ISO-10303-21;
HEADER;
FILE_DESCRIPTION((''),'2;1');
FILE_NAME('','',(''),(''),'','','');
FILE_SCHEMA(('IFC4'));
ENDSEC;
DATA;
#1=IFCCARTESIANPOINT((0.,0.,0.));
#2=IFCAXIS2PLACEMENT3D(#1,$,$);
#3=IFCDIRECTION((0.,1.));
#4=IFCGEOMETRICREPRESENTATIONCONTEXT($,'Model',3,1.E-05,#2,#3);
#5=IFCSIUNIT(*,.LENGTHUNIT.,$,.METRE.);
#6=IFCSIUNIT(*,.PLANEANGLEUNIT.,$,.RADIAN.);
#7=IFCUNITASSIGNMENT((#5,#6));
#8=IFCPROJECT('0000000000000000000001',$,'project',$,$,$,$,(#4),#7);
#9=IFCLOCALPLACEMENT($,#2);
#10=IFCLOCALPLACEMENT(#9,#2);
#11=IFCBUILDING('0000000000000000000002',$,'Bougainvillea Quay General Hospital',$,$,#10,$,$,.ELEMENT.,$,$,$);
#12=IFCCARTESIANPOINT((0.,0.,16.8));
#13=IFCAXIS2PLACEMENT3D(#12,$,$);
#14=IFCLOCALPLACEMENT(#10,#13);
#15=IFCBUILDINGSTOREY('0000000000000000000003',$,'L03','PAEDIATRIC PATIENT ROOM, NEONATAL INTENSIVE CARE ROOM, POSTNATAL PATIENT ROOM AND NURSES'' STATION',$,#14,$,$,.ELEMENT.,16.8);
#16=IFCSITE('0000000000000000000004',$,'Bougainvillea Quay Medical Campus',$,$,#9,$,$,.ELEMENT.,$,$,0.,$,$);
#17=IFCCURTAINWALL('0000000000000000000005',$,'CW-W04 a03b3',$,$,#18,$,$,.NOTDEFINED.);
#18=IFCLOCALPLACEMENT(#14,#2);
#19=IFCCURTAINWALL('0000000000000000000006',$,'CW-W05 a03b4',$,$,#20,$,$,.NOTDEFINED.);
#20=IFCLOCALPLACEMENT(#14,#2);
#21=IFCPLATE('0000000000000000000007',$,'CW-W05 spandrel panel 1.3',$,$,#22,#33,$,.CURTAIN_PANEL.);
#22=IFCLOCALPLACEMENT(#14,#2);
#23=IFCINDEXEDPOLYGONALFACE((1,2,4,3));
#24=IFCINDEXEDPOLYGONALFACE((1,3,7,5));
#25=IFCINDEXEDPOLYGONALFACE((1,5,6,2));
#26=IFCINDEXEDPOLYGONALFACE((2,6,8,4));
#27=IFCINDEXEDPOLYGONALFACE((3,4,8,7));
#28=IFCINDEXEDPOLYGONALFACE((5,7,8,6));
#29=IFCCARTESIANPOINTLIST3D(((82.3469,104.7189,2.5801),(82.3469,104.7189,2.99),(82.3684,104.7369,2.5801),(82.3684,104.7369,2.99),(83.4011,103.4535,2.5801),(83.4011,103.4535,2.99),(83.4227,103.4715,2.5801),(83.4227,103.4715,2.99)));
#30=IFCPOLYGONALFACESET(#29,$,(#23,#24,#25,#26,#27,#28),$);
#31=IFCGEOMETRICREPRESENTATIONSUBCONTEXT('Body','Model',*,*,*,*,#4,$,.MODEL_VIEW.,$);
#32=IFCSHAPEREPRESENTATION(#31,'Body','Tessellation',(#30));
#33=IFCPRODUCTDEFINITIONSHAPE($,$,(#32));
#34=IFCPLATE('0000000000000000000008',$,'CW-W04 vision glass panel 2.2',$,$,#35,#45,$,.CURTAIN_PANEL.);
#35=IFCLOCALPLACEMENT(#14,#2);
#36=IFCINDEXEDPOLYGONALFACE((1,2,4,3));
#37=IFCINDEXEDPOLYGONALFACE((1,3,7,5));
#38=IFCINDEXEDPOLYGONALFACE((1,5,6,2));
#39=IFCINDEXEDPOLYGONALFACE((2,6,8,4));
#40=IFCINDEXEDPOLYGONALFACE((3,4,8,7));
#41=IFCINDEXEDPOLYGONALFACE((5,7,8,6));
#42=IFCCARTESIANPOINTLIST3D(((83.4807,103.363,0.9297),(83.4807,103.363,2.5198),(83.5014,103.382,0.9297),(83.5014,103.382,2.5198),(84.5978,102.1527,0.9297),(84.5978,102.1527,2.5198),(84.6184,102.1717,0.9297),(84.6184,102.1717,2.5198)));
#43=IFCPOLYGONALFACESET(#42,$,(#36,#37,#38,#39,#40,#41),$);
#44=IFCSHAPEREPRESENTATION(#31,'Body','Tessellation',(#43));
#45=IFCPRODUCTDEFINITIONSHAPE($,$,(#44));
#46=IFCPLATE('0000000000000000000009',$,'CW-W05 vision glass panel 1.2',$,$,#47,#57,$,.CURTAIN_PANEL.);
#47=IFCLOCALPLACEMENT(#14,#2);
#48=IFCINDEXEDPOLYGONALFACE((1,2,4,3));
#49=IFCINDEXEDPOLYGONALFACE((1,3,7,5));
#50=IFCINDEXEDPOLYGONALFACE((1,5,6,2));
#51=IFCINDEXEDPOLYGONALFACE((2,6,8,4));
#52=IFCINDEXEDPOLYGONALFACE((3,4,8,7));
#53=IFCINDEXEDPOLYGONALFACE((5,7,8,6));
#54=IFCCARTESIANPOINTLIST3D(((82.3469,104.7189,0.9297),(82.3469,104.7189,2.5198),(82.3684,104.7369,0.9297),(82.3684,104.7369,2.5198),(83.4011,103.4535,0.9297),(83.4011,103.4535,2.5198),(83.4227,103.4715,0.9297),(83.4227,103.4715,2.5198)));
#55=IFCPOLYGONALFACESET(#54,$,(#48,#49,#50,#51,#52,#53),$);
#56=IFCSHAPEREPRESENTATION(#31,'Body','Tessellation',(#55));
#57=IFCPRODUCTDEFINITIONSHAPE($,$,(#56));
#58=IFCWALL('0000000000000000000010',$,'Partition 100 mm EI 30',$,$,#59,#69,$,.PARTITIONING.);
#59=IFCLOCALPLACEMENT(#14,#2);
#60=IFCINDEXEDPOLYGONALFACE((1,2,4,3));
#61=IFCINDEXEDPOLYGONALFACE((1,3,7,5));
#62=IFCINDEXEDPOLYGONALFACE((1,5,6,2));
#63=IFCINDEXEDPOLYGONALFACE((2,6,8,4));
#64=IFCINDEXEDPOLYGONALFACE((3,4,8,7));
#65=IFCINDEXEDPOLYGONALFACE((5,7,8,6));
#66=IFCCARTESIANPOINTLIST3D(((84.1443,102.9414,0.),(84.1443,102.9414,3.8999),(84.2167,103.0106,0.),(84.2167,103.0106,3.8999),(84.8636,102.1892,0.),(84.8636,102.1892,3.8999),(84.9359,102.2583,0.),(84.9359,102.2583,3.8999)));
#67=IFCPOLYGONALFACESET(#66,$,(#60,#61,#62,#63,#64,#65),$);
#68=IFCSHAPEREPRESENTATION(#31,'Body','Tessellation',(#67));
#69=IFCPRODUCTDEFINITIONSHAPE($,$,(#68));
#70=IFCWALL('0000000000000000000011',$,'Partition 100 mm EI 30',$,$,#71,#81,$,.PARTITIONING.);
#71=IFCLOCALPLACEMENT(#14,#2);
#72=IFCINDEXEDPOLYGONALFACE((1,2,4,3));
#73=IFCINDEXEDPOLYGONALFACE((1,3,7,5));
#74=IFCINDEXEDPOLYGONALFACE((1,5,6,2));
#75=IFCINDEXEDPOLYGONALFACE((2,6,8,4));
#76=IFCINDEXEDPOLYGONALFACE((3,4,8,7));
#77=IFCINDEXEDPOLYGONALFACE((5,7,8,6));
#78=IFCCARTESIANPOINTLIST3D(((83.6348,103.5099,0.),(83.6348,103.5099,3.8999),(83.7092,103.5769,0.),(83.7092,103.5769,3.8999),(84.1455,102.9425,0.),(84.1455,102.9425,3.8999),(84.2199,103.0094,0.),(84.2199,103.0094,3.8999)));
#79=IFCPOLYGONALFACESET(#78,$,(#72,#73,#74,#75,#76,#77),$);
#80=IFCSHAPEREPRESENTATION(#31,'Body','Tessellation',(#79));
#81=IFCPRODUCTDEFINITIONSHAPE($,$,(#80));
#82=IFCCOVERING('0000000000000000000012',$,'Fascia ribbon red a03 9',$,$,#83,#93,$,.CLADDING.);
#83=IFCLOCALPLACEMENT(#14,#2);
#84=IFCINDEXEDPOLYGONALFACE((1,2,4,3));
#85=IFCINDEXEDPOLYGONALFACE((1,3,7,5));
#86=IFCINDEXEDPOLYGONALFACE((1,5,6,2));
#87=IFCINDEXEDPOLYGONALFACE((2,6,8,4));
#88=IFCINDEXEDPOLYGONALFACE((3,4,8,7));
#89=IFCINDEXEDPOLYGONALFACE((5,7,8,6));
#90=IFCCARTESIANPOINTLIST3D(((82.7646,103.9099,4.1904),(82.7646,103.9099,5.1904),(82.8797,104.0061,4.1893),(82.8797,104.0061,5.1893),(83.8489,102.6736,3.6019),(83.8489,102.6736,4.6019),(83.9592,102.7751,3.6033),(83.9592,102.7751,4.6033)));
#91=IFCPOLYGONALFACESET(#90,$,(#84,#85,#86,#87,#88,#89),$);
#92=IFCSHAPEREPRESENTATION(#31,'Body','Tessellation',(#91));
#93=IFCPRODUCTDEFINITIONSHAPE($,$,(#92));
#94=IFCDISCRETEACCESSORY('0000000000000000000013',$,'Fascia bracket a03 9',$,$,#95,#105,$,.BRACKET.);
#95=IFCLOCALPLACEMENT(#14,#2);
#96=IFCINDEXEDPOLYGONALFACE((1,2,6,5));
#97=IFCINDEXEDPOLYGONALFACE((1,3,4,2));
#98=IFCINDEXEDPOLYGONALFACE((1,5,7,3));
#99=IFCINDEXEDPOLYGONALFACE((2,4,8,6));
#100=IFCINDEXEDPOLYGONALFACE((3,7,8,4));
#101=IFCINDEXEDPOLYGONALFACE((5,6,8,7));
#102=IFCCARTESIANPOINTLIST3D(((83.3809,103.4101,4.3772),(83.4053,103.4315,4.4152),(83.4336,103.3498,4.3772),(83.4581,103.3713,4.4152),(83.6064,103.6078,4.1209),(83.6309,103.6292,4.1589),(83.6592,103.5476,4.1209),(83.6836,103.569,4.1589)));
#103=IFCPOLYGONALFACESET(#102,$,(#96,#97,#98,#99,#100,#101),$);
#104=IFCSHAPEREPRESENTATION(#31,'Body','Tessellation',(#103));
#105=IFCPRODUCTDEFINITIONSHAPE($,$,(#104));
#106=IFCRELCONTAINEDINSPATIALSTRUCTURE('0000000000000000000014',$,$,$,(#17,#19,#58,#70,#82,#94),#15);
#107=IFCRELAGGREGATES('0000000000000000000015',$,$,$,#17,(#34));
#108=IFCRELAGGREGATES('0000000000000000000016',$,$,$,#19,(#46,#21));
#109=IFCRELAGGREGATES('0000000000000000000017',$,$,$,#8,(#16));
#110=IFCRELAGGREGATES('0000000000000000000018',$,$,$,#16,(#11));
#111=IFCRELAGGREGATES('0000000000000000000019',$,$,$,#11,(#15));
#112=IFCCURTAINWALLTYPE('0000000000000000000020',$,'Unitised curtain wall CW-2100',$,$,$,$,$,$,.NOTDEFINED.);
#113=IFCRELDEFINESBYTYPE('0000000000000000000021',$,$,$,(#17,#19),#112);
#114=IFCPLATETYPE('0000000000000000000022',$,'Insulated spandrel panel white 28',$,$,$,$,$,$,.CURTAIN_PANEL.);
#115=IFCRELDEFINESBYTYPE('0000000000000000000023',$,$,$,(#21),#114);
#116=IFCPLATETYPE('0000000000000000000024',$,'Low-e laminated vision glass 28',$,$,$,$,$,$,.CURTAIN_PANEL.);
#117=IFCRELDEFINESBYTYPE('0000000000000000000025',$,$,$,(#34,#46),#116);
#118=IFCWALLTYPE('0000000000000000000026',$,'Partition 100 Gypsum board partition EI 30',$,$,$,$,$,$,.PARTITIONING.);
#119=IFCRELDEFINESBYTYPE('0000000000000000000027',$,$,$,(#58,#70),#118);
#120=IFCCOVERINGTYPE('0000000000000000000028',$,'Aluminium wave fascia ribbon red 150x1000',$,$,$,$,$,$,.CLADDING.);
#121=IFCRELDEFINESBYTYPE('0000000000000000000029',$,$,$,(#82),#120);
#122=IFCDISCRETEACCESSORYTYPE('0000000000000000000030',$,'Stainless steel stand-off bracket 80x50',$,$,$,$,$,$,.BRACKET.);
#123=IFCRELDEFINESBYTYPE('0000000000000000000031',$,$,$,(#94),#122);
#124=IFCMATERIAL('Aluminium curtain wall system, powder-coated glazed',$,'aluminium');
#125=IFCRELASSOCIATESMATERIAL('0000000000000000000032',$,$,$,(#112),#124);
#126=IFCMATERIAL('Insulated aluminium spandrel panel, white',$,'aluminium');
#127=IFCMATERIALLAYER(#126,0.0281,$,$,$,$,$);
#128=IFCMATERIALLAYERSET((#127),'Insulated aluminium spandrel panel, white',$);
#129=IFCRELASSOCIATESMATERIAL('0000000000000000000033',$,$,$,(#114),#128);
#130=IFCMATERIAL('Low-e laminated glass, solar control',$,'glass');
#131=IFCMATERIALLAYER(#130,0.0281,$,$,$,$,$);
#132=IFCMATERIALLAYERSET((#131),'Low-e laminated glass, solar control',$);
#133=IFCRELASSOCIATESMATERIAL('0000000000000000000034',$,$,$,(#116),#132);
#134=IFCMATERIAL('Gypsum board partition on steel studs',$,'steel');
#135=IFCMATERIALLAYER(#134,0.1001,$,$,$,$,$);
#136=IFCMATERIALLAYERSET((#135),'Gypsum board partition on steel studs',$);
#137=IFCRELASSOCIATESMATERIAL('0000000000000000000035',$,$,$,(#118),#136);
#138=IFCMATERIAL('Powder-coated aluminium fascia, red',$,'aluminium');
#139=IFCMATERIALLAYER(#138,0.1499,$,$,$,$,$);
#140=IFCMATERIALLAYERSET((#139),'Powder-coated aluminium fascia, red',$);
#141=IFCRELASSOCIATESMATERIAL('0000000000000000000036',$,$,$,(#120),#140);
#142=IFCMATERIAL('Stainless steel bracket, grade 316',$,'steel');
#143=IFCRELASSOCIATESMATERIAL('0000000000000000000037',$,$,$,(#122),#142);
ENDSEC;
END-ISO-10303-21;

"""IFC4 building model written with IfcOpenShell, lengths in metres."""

from ifc_helpers import new_model, si_unit, direction, frame, frame_2d, origin, origin_2d, place, context, subcontext, project, spatial, polyline, rectangle, outline, extrude, material, layer, layer_set, material_profile, profile_set, type_object, element, aggregate, save


model = new_model("IFC4")

# Units and contexts
model_context = context("Model", 3, precision=1e-05, world=origin(), true_north=direction((0.0, 1.0)))
body_context = subcontext(model_context, "Body", "Model", "MODEL_VIEW")
ifc_project = project(units=[si_unit("LENGTHUNIT", "METRE"), si_unit("PLANEANGLEUNIT", "RADIAN")], contexts=[model_context])

# Site, building, storey
site_placement = place(None, origin())
site = spatial("IfcSite", under=ifc_project, at=site_placement, Name="Bougainvillea Quay Medical Campus", CompositionType="ELEMENT", RefElevation=0.0)
building_placement = place(site_placement, origin())
building = spatial("IfcBuilding", under=site, at=building_placement, Name="Bougainvillea Quay General Hospital", CompositionType="ELEMENT")
storey_placement = place(building_placement, frame((0.0, 0.0, 16.8)))
storey = spatial("IfcBuildingStorey", under=building, at=storey_placement, Name="L03", Description="PAEDIATRIC PATIENT ROOM, NEONATAL INTENSIVE CARE ROOM, POSTNATAL PATIENT ROOM AND NURSES' STATION", CompositionType="ELEMENT", Elevation=16.8)

# Curtain wall
ifc_material_1 = material(Name="Aluminium curtain wall system, powder-coated glazed", Category="aluminium")
curtain_wall_type = type_object("IfcCurtainWallType", Name="Unitised curtain wall CW-2100", PredefinedType="NOTDEFINED", material=ifc_material_1)
curtain_wall_1_placement = place(storey_placement, origin())
curtain_wall_1 = element("IfcCurtainWall", 1, at=curtain_wall_1_placement, inside=storey, type_object=curtain_wall_type, Name="CW-W04 a03b3", PredefinedType="NOTDEFINED")

# Curtain wall
curtain_wall_2_placement = place(storey_placement, origin())
curtain_wall_2 = element("IfcCurtainWall", 2, at=curtain_wall_2_placement, inside=storey, type_object=curtain_wall_type, Name="CW-W05 a03b4", PredefinedType="NOTDEFINED")

# Plates
ifc_material_2 = material(Name="Insulated aluminium spandrel panel, white", Category="aluminium")
ifc_layer_1 = layer(ifc_material_2, 0.0281)
ifc_layer_set_1 = layer_set([ifc_layer_1], Name="Insulated aluminium spandrel panel, white")
plate_type_1 = type_object("IfcPlateType", Name="Insulated spandrel panel white 28", PredefinedType="CURTAIN_PANEL", material=ifc_layer_set_1)
plate_1_placement = place(storey_placement, frame((82.8848, 104.0952, 2.5801), z_axis=(0.0, 0.0, 1.0), x_axis=(-0.640096, 0.768295, 0.0)))
plate_1 = element("IfcPlate", 3, at=plate_1_placement, type_object=plate_type_1, Name="CW-W05 spandrel panel 1.3", PredefinedType="CURTAIN_PANEL", context=body_context, shape_type="SweptSolid", body=[
    extrude(rectangle(XDim=1.647, YDim=0.0281, at=origin_2d()), origin(), (0.0, 0.0, 1.0), 0.4099),
])
ifc_material_3 = material(Name="Low-e laminated glass, solar control", Category="glass")
ifc_layer_2 = layer(ifc_material_3, 0.0281)
ifc_layer_set_2 = layer_set([ifc_layer_2], Name="Low-e laminated glass, solar control")
plate_type_2 = type_object("IfcPlateType", Name="Low-e laminated vision glass 28", PredefinedType="CURTAIN_PANEL", material=ifc_layer_set_2)
plate_2_placement = place(storey_placement, frame((84.0496, 102.7673, 0.9297), z_axis=(0.0, 0.0, 1.0), x_axis=(-0.678224, 0.734855, 0.0)))
plate_2 = element("IfcPlate", 4, at=plate_2_placement, type_object=plate_type_2, Name="CW-W04 vision glass panel 2.2", PredefinedType="CURTAIN_PANEL", context=body_context, shape_type="SweptSolid", body=[
    extrude(rectangle(XDim=1.647, YDim=0.0281, at=origin_2d()), origin(), (0.0, 0.0, 1.0), 1.5901),
])
aggregate(curtain_wall_1, [plate_2])
plate_3_placement = place(storey_placement, frame((82.8848, 104.0952, 0.9297), z_axis=(0.0, 0.0, 1.0), x_axis=(-0.640096, 0.768295, 0.0)))
plate_3 = element("IfcPlate", 5, at=plate_3_placement, type_object=plate_type_2, Name="CW-W05 vision glass panel 1.2", PredefinedType="CURTAIN_PANEL", context=body_context, shape_type="SweptSolid", body=[
    extrude(rectangle(XDim=1.647, YDim=0.0281, at=origin_2d()), origin(), (0.0, 0.0, 1.0), 1.5901),
])
aggregate(curtain_wall_2, [plate_3, plate_1])

# Walls
ifc_material_4 = material(Name="Gypsum board partition on steel studs", Category="steel")
ifc_layer_3 = layer(ifc_material_4, 0.1001)
ifc_layer_set_3 = layer_set([ifc_layer_3], Name="Gypsum board partition on steel studs")
wall_type = type_object("IfcWallType", Name="Partition 100 Gypsum board partition EI 30", PredefinedType="PARTITIONING", material=ifc_layer_set_3)
wall_1_placement = place(storey_placement, frame((84.1804, 102.9761, 0.0), z_axis=(0.0, 0.0, 1.0), x_axis=(0.691095, -0.722764, 0.0)))
element("IfcWall", 6, at=wall_1_placement, inside=storey, type_object=wall_type, Name="Partition 100 mm EI 30", PredefinedType="PARTITIONING", context=body_context, shape_type="SweptSolid", body=[
    extrude(rectangle(XDim=1.0408, YDim=0.1001, at=frame_2d((0.5205, 0.0))), origin(), (0.0, 0.0, 1.0), 3.8999),
])
wall_2_placement = place(storey_placement, frame((83.6719, 103.5435, 0.0), z_axis=(0.0, 0.0, 1.0), x_axis=(0.669035, -0.743231, 0.0)))
element("IfcWall", 7, at=wall_2_placement, inside=storey, type_object=wall_type, Name="Partition 100 mm EI 30", PredefinedType="PARTITIONING", context=body_context, shape_type="SweptSolid", body=[
    extrude(rectangle(XDim=0.7634, YDim=0.1001, at=frame_2d((0.3818, 0.0))), origin(), (0.0, 0.0, 1.0), 3.8999),
])

# Covering
ifc_material_5 = material(Name="Powder-coated aluminium fascia, red", Category="aluminium")
ifc_layer_4 = layer(ifc_material_5, 0.1499)
ifc_layer_set_4 = layer_set([ifc_layer_4], Name="Powder-coated aluminium fascia, red")
covering_type = type_object("IfcCoveringType", Name="Aluminium wave fascia ribbon red 150x1000", PredefinedType="CLADDING", material=ifc_layer_set_4)
covering_placement = place(storey_placement, frame((83.9592, 102.7751, 3.6033), z_axis=(0.221694, -0.253784, 0.941512), x_axis=(-0.620805, 0.707847, 0.336978)))
element("IfcCovering", 8, at=covering_placement, inside=storey, type_object=covering_type, Name="Fascia ribbon red a03 9", PredefinedType="CLADDING", context=body_context, shape_type="SweptSolid", body=[
    extrude(outline(polyline([(0.0, 0.0), (1.739, 0.0), (1.7427, 0.1499), (-0.0039, 0.1499), (0.0, 0.0)])), origin(), (0.336978, -0.000625, 0.941512), 1.0),
])

# Discrete accessory
ifc_material_6 = material(Name="Stainless steel bracket, grade 316", Category="steel")
ifc_material_profile_1 = material_profile(ifc_material_6, rectangle(XDim=0.0801, YDim=0.05, at=origin_2d()))
ifc_profile_set_1 = profile_set([ifc_material_profile_1], Name="Stainless steel bracket, grade 316")
discrete_accessory_type = type_object("IfcDiscreteAccessoryType", Name="Stainless steel stand-off bracket 80x50", PredefinedType="BRACKET", material=ifc_profile_set_1)
discrete_accessory_placement = place(storey_placement, frame((83.645, 103.5884, 4.1399), z_axis=(-0.571681, -0.501149, 0.649638), x_axis=(0.659196, -0.751971, 0.0)))
element("IfcDiscreteAccessory", 9, at=discrete_accessory_placement, inside=storey, type_object=discrete_accessory_type, Name="Fascia bracket a03 9", PredefinedType="BRACKET", context=body_context, shape_type="SweptSolid", body=[
    extrude(rectangle(XDim=0.0801, YDim=0.05, at=origin_2d()), origin(), (0.0, 0.0, 1.0), 0.3945),
])

save(model, "model.ifc")
